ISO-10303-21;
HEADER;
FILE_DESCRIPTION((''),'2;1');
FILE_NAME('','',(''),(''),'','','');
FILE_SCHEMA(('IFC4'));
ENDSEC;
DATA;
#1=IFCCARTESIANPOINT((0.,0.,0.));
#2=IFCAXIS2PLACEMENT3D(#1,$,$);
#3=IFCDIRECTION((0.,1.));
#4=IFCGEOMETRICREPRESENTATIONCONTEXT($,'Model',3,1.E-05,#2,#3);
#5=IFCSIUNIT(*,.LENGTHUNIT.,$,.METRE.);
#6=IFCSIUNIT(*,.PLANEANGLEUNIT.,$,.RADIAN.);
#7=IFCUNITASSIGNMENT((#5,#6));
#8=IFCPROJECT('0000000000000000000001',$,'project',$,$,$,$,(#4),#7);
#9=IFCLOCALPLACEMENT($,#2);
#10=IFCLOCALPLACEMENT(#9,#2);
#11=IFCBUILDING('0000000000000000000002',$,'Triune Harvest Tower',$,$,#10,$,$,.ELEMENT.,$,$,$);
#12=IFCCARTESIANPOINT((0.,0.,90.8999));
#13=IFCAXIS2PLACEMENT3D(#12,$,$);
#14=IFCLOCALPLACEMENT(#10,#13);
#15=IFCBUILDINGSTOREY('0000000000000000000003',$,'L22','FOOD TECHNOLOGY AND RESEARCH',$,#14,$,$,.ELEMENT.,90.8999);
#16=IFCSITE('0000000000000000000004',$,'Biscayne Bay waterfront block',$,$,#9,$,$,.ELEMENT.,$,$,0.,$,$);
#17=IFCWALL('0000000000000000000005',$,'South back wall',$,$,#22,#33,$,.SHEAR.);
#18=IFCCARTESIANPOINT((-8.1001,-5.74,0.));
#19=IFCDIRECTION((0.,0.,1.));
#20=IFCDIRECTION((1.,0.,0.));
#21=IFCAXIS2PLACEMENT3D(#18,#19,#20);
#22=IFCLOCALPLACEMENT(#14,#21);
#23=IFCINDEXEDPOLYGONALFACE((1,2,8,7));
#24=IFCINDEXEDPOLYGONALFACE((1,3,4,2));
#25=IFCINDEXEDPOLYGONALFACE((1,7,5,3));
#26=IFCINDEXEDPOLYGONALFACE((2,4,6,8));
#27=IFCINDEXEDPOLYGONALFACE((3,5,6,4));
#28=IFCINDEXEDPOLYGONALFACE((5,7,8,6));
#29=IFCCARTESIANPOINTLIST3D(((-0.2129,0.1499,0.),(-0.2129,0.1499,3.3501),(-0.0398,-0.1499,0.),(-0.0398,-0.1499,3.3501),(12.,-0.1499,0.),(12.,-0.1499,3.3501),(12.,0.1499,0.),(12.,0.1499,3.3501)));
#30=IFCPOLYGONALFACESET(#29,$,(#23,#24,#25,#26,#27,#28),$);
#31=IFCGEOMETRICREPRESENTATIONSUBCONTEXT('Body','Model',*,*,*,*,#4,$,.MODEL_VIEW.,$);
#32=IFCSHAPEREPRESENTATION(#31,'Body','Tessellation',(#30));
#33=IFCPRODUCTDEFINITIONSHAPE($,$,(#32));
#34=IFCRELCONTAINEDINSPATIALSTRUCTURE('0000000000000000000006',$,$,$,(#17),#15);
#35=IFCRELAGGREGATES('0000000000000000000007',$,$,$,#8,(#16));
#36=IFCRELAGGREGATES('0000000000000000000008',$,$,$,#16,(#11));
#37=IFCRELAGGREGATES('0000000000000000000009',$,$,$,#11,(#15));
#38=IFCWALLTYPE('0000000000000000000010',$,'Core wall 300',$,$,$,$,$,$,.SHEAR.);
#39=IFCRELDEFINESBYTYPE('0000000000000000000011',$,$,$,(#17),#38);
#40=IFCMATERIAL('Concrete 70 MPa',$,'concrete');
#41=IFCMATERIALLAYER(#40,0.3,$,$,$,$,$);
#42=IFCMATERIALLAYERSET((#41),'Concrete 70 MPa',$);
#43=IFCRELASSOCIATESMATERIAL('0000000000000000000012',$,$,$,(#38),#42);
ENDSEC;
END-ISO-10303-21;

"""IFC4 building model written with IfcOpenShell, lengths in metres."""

from ifc_helpers import new_model, si_unit, direction, frame, origin, place, context, subcontext, project, spatial, polyline, outline, extrude, source, transform, mapped, material, layer, layer_set, type_object, element, save


model = new_model("IFC4")

# Units and contexts
model_context = context("Model", 3, precision=1e-05, world=origin(), true_north=direction((0.0, 1.0)))
body_context = subcontext(model_context, "Body", "Model", "MODEL_VIEW")
ifc_project = project(units=[si_unit("LENGTHUNIT", "METRE"), si_unit("PLANEANGLEUNIT", "RADIAN")], contexts=[model_context])

# Site, building, storey
site_placement = place(None, origin())
site = spatial("IfcSite", under=ifc_project, at=site_placement, Name="Biscayne Bay waterfront block", CompositionType="ELEMENT", RefElevation=0.0)
building_placement = place(site_placement, origin())
building = spatial("IfcBuilding", under=site, at=building_placement, Name="Triune Harvest Tower", CompositionType="ELEMENT")
storey_placement = place(building_placement, frame((0.0, 0.0, 90.8999)))
storey = spatial("IfcBuildingStorey", under=building, at=storey_placement, Name="L22", Description="FOOD TECHNOLOGY AND RESEARCH", CompositionType="ELEMENT", Elevation=90.8999)

# Shared definitions
ifc_material_1 = material(Name="Concrete 70 MPa", Category="concrete")
ifc_layer_1 = layer(ifc_material_1, 0.3)
ifc_layer_set_1 = layer_set([ifc_layer_1], Name="Concrete 70 MPa")
wall_type_1 = type_object("IfcWallType", Name="Core wall 300", PredefinedType="SHEAR", material=ifc_layer_set_1)

# Wall
shared_shape_1 = source(origin(), body_context, "Body", "SweptSolid", [
    extrude(outline(polyline([(12.0, -0.1499), (-0.0398, -0.1499), (-0.2129, 0.1499), (12.0, 0.1499), (12.0, -0.1499)])), origin(), (0.0, 0.0, 1.0), 3.3501),
])
wall_1_placement = place(storey_placement, frame((-8.1001, -5.74, 0.0), z_axis=(0.0, 0.0, 1.0), x_axis=(1.0, 0.0, 0.0)))
element("IfcWall", 1, at=wall_1_placement, inside=storey, type_object=wall_type_1, Name="South back wall", PredefinedType="SHEAR", context=body_context, shape_type="MappedRepresentation", body=[
    mapped(shared_shape_1, transform((0.0, 0.0, 0.0), scale=1.0)),
])

save(model, "model.ifc")
